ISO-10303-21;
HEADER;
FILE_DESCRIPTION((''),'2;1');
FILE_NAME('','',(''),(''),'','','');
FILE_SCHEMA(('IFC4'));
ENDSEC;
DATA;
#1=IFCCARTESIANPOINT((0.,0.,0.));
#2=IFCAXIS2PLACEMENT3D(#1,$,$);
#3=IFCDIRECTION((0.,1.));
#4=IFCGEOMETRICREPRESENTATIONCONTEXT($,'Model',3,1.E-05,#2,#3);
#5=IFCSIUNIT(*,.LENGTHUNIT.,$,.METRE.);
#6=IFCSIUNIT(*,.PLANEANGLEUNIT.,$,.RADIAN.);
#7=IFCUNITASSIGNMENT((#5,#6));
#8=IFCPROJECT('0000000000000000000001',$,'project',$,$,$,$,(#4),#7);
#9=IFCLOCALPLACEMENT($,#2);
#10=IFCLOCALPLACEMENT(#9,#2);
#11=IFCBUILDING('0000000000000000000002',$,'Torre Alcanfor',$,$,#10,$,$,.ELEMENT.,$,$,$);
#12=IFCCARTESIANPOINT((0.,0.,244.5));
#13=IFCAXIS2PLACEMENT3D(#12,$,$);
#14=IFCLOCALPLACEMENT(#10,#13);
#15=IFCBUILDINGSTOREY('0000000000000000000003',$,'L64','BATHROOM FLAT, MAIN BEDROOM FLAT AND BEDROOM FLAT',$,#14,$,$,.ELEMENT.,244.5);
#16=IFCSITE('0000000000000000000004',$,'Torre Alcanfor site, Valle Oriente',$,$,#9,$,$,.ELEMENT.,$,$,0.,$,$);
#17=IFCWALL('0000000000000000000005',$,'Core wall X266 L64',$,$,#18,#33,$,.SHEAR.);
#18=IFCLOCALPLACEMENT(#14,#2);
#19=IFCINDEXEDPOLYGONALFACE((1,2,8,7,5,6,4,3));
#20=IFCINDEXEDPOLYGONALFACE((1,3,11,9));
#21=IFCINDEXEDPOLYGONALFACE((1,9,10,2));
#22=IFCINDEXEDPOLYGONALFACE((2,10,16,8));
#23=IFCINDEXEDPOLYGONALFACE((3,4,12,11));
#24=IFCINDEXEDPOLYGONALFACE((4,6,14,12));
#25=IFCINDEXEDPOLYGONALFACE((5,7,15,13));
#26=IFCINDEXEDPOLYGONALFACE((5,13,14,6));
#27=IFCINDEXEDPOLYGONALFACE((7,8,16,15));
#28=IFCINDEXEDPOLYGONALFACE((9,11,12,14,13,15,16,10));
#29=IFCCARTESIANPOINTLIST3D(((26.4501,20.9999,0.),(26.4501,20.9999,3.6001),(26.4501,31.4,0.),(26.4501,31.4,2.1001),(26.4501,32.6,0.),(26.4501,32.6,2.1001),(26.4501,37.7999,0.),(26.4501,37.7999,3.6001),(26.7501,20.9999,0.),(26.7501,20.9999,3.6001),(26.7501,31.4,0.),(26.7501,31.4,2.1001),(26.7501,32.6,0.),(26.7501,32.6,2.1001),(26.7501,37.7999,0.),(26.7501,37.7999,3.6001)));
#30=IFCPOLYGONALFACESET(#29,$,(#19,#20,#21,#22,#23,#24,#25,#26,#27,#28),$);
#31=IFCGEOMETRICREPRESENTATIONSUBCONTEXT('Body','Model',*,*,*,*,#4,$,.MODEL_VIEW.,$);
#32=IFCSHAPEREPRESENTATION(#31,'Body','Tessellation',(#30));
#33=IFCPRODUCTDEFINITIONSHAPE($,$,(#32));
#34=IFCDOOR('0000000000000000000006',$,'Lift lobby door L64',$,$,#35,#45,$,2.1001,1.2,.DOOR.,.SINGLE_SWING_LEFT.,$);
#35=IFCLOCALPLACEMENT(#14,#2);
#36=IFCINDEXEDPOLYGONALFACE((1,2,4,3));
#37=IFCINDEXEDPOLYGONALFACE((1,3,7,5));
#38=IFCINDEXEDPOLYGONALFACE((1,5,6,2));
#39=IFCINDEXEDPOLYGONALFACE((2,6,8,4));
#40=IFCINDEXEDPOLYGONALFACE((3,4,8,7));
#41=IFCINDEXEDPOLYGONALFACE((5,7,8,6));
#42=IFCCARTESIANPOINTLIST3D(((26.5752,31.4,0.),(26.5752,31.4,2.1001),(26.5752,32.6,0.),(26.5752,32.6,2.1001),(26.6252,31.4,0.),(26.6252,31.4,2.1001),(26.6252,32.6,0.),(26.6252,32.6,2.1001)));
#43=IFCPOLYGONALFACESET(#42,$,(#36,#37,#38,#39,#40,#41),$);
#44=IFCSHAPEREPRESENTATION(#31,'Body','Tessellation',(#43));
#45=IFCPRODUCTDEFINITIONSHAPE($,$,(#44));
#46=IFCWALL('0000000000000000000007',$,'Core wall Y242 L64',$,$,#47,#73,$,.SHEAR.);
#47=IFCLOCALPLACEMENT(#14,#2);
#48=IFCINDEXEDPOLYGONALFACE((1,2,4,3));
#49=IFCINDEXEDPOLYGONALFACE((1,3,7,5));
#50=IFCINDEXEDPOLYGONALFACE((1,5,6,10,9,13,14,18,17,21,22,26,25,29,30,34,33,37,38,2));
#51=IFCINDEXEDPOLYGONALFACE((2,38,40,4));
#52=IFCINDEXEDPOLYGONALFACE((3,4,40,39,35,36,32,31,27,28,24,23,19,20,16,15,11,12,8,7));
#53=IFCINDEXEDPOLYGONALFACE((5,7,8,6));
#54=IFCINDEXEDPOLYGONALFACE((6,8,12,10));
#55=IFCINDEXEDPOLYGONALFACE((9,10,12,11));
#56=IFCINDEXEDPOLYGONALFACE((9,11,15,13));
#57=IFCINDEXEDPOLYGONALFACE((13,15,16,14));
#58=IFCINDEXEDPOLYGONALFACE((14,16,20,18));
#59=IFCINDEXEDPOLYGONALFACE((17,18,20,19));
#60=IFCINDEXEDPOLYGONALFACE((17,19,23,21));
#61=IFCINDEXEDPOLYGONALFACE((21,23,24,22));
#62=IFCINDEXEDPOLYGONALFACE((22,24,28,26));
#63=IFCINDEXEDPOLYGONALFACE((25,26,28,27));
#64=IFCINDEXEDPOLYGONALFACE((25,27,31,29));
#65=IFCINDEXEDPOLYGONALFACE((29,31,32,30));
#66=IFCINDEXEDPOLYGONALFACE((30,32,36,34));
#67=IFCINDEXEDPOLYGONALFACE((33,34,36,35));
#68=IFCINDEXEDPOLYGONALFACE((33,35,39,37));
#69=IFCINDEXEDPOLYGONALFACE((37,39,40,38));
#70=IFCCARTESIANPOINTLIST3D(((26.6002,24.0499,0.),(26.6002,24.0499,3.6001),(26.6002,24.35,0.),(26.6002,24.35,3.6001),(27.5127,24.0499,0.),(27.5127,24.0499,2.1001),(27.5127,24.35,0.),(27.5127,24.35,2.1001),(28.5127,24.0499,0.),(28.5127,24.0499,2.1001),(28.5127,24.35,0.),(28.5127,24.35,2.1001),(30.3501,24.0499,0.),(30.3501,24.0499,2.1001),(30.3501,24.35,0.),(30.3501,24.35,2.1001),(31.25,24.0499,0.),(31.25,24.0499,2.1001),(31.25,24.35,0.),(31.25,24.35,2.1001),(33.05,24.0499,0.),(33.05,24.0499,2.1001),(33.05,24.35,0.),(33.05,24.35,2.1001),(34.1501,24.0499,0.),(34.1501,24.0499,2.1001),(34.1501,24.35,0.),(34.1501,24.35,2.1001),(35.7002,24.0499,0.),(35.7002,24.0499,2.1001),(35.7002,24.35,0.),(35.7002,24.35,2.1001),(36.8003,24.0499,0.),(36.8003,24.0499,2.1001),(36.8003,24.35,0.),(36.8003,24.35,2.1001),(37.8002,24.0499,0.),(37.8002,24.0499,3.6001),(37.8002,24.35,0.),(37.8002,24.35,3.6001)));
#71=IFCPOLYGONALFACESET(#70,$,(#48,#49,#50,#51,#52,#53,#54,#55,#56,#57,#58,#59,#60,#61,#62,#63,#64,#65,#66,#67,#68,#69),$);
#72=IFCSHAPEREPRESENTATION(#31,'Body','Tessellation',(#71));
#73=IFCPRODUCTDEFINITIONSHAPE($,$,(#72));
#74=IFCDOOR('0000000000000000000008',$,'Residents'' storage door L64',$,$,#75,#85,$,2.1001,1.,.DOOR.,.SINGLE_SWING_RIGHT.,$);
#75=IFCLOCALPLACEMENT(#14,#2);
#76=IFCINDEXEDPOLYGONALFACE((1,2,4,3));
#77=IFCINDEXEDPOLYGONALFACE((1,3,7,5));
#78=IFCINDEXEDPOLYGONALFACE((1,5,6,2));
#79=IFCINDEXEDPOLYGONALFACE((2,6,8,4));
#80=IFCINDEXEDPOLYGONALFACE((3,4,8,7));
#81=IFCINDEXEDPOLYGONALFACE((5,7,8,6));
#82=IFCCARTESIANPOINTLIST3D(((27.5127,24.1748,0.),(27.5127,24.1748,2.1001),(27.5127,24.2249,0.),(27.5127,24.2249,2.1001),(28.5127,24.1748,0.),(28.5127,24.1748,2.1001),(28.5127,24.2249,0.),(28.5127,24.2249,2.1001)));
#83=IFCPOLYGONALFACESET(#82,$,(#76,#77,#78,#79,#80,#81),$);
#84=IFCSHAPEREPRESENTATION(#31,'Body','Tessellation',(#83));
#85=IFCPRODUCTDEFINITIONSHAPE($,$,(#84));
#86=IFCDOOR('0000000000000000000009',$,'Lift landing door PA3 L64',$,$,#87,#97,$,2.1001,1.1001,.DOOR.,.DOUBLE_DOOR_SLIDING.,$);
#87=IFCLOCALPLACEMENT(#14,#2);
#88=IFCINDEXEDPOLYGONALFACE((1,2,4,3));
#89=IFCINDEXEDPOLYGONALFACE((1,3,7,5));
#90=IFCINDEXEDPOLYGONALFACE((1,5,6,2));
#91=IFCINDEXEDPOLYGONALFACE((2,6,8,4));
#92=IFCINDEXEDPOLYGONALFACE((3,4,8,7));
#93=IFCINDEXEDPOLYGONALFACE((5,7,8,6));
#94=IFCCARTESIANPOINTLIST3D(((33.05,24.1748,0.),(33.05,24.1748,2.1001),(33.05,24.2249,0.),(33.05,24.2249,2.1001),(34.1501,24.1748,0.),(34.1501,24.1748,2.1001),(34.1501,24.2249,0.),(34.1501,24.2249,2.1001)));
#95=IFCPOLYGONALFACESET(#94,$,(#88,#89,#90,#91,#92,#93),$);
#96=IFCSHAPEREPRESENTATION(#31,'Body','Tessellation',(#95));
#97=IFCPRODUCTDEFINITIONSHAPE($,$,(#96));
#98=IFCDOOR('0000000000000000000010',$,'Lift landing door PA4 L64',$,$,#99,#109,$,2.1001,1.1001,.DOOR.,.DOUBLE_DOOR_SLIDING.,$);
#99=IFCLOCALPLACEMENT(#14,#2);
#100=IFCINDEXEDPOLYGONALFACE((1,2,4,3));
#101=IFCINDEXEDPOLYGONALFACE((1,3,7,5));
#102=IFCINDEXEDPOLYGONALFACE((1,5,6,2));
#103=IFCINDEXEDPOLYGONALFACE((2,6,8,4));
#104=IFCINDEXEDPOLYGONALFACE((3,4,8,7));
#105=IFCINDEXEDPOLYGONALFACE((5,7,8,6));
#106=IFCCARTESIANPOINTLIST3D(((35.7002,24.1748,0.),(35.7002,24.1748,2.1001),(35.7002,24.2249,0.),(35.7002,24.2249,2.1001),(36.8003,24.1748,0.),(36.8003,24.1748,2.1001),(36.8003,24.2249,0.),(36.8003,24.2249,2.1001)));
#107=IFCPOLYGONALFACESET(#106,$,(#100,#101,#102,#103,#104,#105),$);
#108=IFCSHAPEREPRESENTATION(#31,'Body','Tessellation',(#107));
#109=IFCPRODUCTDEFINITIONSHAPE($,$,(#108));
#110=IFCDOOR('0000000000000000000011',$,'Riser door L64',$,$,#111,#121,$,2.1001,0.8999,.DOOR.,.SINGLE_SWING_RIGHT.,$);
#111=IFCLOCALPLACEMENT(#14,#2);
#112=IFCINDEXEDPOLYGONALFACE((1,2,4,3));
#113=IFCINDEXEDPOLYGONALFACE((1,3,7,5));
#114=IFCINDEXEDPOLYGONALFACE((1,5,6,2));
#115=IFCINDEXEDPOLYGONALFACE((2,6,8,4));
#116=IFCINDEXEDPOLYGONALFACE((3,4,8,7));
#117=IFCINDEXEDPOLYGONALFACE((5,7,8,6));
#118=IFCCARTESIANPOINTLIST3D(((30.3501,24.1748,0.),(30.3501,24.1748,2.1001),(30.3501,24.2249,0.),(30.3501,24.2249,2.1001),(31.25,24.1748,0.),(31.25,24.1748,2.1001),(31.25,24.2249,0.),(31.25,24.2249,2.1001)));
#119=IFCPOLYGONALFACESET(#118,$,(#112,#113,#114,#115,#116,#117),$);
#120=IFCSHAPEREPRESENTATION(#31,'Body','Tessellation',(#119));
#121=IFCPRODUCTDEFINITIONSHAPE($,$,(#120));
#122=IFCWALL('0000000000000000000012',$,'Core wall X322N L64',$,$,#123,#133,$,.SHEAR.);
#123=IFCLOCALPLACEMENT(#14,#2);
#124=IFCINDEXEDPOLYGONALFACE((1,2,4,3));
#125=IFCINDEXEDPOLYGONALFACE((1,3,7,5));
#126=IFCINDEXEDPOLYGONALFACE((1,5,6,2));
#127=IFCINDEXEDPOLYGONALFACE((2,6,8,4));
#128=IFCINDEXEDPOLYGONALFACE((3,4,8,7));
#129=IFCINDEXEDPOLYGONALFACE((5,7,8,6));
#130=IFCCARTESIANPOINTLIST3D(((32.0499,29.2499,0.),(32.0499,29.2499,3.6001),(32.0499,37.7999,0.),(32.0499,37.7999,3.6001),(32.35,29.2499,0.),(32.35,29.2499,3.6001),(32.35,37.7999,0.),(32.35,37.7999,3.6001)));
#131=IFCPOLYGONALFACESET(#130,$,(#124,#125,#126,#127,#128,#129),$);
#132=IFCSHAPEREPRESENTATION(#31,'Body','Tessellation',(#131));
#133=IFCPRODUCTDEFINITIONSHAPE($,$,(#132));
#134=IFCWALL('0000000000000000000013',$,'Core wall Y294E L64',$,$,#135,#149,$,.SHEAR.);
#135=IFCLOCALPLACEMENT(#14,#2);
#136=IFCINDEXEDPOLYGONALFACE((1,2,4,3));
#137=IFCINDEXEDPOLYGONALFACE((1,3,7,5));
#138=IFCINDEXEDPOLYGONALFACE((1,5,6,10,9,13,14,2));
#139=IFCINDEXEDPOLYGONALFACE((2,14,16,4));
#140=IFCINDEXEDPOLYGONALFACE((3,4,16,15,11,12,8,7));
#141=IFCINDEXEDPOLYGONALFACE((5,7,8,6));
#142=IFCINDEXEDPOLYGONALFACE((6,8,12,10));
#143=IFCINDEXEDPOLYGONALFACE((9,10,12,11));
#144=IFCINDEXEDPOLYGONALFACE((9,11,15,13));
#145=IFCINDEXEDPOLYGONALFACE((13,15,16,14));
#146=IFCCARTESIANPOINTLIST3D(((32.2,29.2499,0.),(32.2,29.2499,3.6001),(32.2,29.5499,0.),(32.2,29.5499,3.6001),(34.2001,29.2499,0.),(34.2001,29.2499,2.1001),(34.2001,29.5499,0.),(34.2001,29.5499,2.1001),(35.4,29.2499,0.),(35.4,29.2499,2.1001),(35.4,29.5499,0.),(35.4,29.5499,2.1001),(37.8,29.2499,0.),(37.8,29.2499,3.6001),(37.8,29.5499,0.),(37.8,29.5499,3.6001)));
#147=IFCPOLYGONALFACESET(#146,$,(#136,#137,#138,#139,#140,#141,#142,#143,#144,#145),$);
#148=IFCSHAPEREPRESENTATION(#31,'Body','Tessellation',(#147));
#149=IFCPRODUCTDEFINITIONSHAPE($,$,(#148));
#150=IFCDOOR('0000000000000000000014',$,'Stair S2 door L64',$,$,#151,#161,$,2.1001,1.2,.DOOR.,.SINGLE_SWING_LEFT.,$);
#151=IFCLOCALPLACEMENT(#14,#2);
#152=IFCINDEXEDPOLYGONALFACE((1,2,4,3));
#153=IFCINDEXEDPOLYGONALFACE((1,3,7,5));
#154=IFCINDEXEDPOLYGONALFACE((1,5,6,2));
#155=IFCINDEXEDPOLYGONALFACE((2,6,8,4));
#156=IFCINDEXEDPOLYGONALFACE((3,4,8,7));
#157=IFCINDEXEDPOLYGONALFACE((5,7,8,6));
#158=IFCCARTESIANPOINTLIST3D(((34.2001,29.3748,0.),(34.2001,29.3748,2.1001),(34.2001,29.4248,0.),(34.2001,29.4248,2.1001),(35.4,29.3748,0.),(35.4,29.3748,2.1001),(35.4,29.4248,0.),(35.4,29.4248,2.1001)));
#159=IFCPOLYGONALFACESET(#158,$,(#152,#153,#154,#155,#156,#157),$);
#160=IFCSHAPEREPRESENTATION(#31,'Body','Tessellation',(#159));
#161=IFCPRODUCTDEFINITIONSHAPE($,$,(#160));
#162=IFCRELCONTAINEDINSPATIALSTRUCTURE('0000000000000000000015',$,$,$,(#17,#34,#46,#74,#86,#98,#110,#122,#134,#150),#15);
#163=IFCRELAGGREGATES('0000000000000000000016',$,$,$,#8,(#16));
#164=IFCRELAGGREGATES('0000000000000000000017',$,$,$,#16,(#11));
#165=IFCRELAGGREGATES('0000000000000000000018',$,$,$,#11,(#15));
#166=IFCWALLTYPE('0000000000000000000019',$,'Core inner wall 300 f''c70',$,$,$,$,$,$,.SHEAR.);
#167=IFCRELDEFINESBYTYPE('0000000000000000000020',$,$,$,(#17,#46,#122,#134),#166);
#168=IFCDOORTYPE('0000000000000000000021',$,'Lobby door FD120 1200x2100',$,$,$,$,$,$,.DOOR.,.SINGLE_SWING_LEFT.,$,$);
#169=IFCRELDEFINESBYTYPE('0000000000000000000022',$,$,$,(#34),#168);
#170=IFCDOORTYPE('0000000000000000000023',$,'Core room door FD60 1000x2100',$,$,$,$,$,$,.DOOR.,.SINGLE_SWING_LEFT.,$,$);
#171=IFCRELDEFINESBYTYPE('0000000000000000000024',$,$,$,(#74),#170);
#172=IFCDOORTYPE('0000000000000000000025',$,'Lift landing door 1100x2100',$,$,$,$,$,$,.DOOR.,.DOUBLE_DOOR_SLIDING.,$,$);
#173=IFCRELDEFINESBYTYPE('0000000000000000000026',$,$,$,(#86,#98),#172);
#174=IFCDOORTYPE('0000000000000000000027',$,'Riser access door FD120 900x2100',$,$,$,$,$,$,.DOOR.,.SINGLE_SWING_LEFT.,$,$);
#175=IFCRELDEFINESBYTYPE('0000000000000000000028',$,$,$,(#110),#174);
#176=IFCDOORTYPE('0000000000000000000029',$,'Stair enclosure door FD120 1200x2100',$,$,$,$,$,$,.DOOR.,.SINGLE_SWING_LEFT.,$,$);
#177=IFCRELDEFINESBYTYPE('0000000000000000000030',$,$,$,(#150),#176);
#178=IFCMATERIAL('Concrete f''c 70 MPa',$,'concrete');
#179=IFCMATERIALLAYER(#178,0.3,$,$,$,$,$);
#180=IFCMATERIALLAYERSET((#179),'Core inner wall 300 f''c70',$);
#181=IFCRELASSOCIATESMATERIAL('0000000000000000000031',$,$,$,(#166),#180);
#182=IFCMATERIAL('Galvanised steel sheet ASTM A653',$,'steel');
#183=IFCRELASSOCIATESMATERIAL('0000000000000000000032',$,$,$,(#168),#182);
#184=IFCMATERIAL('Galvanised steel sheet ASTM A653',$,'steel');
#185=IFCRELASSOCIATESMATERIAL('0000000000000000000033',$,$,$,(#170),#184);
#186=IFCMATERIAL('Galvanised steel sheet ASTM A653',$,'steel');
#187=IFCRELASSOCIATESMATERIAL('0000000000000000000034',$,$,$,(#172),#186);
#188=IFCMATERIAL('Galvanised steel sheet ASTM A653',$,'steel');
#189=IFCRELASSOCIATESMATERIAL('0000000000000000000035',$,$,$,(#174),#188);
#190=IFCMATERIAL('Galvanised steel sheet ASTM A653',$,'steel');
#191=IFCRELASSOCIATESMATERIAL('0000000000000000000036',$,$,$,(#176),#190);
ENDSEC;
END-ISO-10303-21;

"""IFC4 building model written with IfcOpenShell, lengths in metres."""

from ifc_helpers import new_model, si_unit, direction, frame, frame_2d, origin, place, context, subcontext, project, spatial, rectangle, extrude, material, layer, layer_set, type_object, element, fill, save


model = new_model("IFC4")

# Units and contexts
model_context = context("Model", 3, precision=1e-05, world=origin(), true_north=direction((0.0, 1.0)))
body_context = subcontext(model_context, "Body", "Model", "MODEL_VIEW")
ifc_project = project(units=[si_unit("LENGTHUNIT", "METRE"), si_unit("PLANEANGLEUNIT", "RADIAN")], contexts=[model_context])

# Site, building, storey
site_placement = place(None, origin())
site = spatial("IfcSite", under=ifc_project, at=site_placement, Name="Torre Alcanfor site, Valle Oriente", CompositionType="ELEMENT", RefElevation=0.0)
building_placement = place(site_placement, origin())
building = spatial("IfcBuilding", under=site, at=building_placement, Name="Torre Alcanfor", CompositionType="ELEMENT")
storey_placement = place(building_placement, frame((0.0, 0.0, 244.5)))
storey = spatial("IfcBuildingStorey", under=building, at=storey_placement, Name="L64", Description="BATHROOM FLAT, MAIN BEDROOM FLAT AND BEDROOM FLAT", CompositionType="ELEMENT", Elevation=244.5)

# Wall, opening, door
ifc_material_1 = material(Name="Concrete f'c 70 MPa", Category="concrete")
ifc_layer_1 = layer(ifc_material_1, 0.3)
ifc_layer_set_1 = layer_set([ifc_layer_1], Name="Core inner wall 300 f'c70")
wall_type_1 = type_object("IfcWallType", Name="Core inner wall 300 f'c70", PredefinedType="SHEAR", material=ifc_layer_set_1)
wall_1_placement = place(storey_placement, frame((26.6001, 21.0, 0.0), z_axis=(0.0, 0.0, 1.0), x_axis=(0.0, 1.0, 0.0)))
wall_1 = element("IfcWall", 1, at=wall_1_placement, inside=storey, type_object=wall_type_1, Name="Core wall X266 L64", PredefinedType="SHEAR", context=body_context, shape_type="SweptSolid", body=[
    extrude(rectangle(XDim=16.8, YDim=0.3, at=frame_2d((8.3999, 0.0))), origin(), (0.0, 0.0, 1.0), 3.6001),
])
opening_1_placement = place(wall_1_placement, frame((10.3999, 0.0, 0.0)))
opening_1 = element("IfcOpeningElement", 2, at=opening_1_placement, cuts=wall_1, PredefinedType="OPENING", context=body_context, shape_type="SweptSolid", body=[
    extrude(rectangle(XDim=1.2, YDim=2.1001, at=frame_2d((0.6001, 1.05))), frame((0.0, 0.1599, 0.0), z_axis=(0.0, -1.0, 0.0), x_axis=(1.0, 0.0, 0.0)), (0.0, 0.0, 1.0), 0.3201),
])
ifc_material_2 = material(Name="Galvanised steel sheet ASTM A653", Category="steel")
door_type_1 = type_object("IfcDoorType", Name="Lobby door FD120 1200x2100", OperationType="SINGLE_SWING_LEFT", PredefinedType="DOOR", material=ifc_material_2)
door_1_placement = place(opening_1_placement, origin())
door_1 = element("IfcDoor", 3, at=door_1_placement, inside=storey, type_object=door_type_1, Name="Lift lobby door L64", OperationType="SINGLE_SWING_LEFT", OverallHeight=2.1001, OverallWidth=1.2, PredefinedType="DOOR", context=body_context, shape_type="SweptSolid", body=[
    extrude(rectangle(XDim=1.2, YDim=2.1001, at=frame_2d((0.6001, 1.05))), frame((0.0, 0.0249, 0.0), z_axis=(0.0, -1.0, 0.0), x_axis=(1.0, 0.0, 0.0)), (0.0, 0.0, 1.0), 0.05),
])
fill(opening_1, door_1)

# Wall, openings, doors
wall_2_placement = place(storey_placement, frame((26.6001, 24.2, 0.0), z_axis=(0.0, 0.0, 1.0), x_axis=(1.0, 0.0, 0.0)))
wall_2 = element("IfcWall", 4, at=wall_2_placement, inside=storey, type_object=wall_type_1, Name="Core wall Y242 L64", PredefinedType="SHEAR", context=body_context, shape_type="SweptSolid", body=[
    extrude(rectangle(XDim=11.2, YDim=0.3, at=frame_2d((5.6001, 0.0))), origin(), (0.0, 0.0, 1.0), 3.6001),
])
opening_2_placement = place(wall_2_placement, frame((0.9126, 0.0, 0.0)))
opening_2 = element("IfcOpeningElement", 5, at=opening_2_placement, cuts=wall_2, PredefinedType="OPENING", context=body_context, shape_type="SweptSolid", body=[
    extrude(rectangle(XDim=1.0, YDim=2.1001, at=frame_2d((0.5, 1.05))), frame((0.0, 0.1599, 0.0), z_axis=(0.0, -1.0, 0.0), x_axis=(1.0, 0.0, 0.0)), (0.0, 0.0, 1.0), 0.3201),
])
opening_3_placement = place(wall_2_placement, frame((3.75, 0.0, 0.0)))
opening_3 = element("IfcOpeningElement", 6, at=opening_3_placement, cuts=wall_2, PredefinedType="OPENING", context=body_context, shape_type="SweptSolid", body=[
    extrude(rectangle(XDim=0.8999, YDim=2.1001, at=frame_2d((0.45, 1.05))), frame((0.0, 0.1599, 0.0), z_axis=(0.0, -1.0, 0.0), x_axis=(1.0, 0.0, 0.0)), (0.0, 0.0, 1.0), 0.3201),
])
opening_4_placement = place(wall_2_placement, frame((6.45, 0.0, 0.0)))
opening_4 = element("IfcOpeningElement", 7, at=opening_4_placement, cuts=wall_2, PredefinedType="OPENING", context=body_context, shape_type="SweptSolid", body=[
    extrude(rectangle(XDim=1.1001, YDim=2.1001, at=frame_2d((0.55, 1.05))), frame((0.0, 0.1599, 0.0), z_axis=(0.0, -1.0, 0.0), x_axis=(1.0, 0.0, 0.0)), (0.0, 0.0, 1.0), 0.3201),
])
opening_5_placement = place(wall_2_placement, frame((9.1001, 0.0, 0.0)))
opening_5 = element("IfcOpeningElement", 8, at=opening_5_placement, cuts=wall_2, PredefinedType="OPENING", context=body_context, shape_type="SweptSolid", body=[
    extrude(rectangle(XDim=1.1001, YDim=2.1001, at=frame_2d((0.55, 1.05))), frame((0.0, 0.1599, 0.0), z_axis=(0.0, -1.0, 0.0), x_axis=(1.0, 0.0, 0.0)), (0.0, 0.0, 1.0), 0.3201),
])
ifc_material_3 = material(Name="Galvanised steel sheet ASTM A653", Category="steel")
door_type_2 = type_object("IfcDoorType", Name="Core room door FD60 1000x2100", OperationType="SINGLE_SWING_LEFT", PredefinedType="DOOR", material=ifc_material_3)
door_2_placement = place(opening_2_placement, frame((1.0, 0.0, 0.0), z_axis=(0.0, 0.0, 1.0), x_axis=(-1.0, 0.0, 0.0)))
door_2 = element("IfcDoor", 9, at=door_2_placement, inside=storey, type_object=door_type_2, Name="Residents' storage door L64", OperationType="SINGLE_SWING_RIGHT", OverallHeight=2.1001, OverallWidth=1.0, PredefinedType="DOOR", context=body_context, shape_type="SweptSolid", body=[
    extrude(rectangle(XDim=1.0, YDim=2.1001, at=frame_2d((0.5, 1.05))), frame((0.0, 0.0251, 0.0), z_axis=(0.0, -1.0, 0.0), x_axis=(1.0, 0.0, 0.0)), (0.0, 0.0, 1.0), 0.05),
])
fill(opening_2, door_2)
ifc_material_4 = material(Name="Galvanised steel sheet ASTM A653", Category="steel")
door_type_3 = type_object("IfcDoorType", Name="Lift landing door 1100x2100", OperationType="DOUBLE_DOOR_SLIDING", PredefinedType="DOOR", material=ifc_material_4)
door_3_placement = place(opening_4_placement, origin())
door_3 = element("IfcDoor", 10, at=door_3_placement, inside=storey, type_object=door_type_3, Name="Lift landing door PA3 L64", OperationType="DOUBLE_DOOR_SLIDING", OverallHeight=2.1001, OverallWidth=1.1001, PredefinedType="DOOR", context=body_context, shape_type="SweptSolid", body=[
    extrude(rectangle(XDim=1.1001, YDim=2.1001, at=frame_2d((0.55, 1.05))), frame((0.0, 0.0249, 0.0), z_axis=(0.0, -1.0, 0.0), x_axis=(1.0, 0.0, 0.0)), (0.0, 0.0, 1.0), 0.05),
])
fill(opening_4, door_3)
door_4_placement = place(opening_5_placement, origin())
door_4 = element("IfcDoor", 11, at=door_4_placement, inside=storey, type_object=door_type_3, Name="Lift landing door PA4 L64", OperationType="DOUBLE_DOOR_SLIDING", OverallHeight=2.1001, OverallWidth=1.1001, PredefinedType="DOOR", context=body_context, shape_type="SweptSolid", body=[
    extrude(rectangle(XDim=1.1001, YDim=2.1001, at=frame_2d((0.55, 1.05))), frame((0.0, 0.0249, 0.0), z_axis=(0.0, -1.0, 0.0), x_axis=(1.0, 0.0, 0.0)), (0.0, 0.0, 1.0), 0.05),
])
fill(opening_5, door_4)
ifc_material_5 = material(Name="Galvanised steel sheet ASTM A653", Category="steel")
door_type_4 = type_object("IfcDoorType", Name="Riser access door FD120 900x2100", OperationType="SINGLE_SWING_LEFT", PredefinedType="DOOR", material=ifc_material_5)
door_5_placement = place(opening_3_placement, frame((0.8999, 0.0, 0.0), z_axis=(0.0, 0.0, 1.0), x_axis=(-1.0, 0.0, 0.0)))
door_5 = element("IfcDoor", 12, at=door_5_placement, inside=storey, type_object=door_type_4, Name="Riser door L64", OperationType="SINGLE_SWING_RIGHT", OverallHeight=2.1001, OverallWidth=0.8999, PredefinedType="DOOR", context=body_context, shape_type="SweptSolid", body=[
    extrude(rectangle(XDim=0.8999, YDim=2.1001, at=frame_2d((0.45, 1.05))), frame((0.0, 0.0251, 0.0), z_axis=(0.0, -1.0, 0.0), x_axis=(1.0, 0.0, 0.0)), (0.0, 0.0, 1.0), 0.05),
])
fill(opening_3, door_5)

# Wall
wall_3_placement = place(storey_placement, frame((32.2, 29.25, 0.0), z_axis=(0.0, 0.0, 1.0), x_axis=(0.0, 1.0, 0.0)))
element("IfcWall", 13, at=wall_3_placement, inside=storey, type_object=wall_type_1, Name="Core wall X322N L64", PredefinedType="SHEAR", context=body_context, shape_type="SweptSolid", body=[
    extrude(rectangle(XDim=8.55, YDim=0.3, at=frame_2d((4.2749, 0.0))), origin(), (0.0, 0.0, 1.0), 3.6001),
])

# Wall, opening, door
wall_4_placement = place(storey_placement, frame((32.2, 29.3999, 0.0), z_axis=(0.0, 0.0, 1.0), x_axis=(1.0, 0.0, 0.0)))
wall_4 = element("IfcWall", 14, at=wall_4_placement, inside=storey, type_object=wall_type_1, Name="Core wall Y294E L64", PredefinedType="SHEAR", context=body_context, shape_type="SweptSolid", body=[
    extrude(rectangle(XDim=5.6001, YDim=0.3, at=frame_2d((2.8, 0.0))), origin(), (0.0, 0.0, 1.0), 3.6001),
])
opening_6_placement = place(wall_4_placement, frame((2.0, 0.0, 0.0)))
opening_6 = element("IfcOpeningElement", 15, at=opening_6_placement, cuts=wall_4, PredefinedType="OPENING", context=body_context, shape_type="SweptSolid", body=[
    extrude(rectangle(XDim=1.2, YDim=2.1001, at=frame_2d((0.6001, 1.05))), frame((0.0, 0.1599, 0.0), z_axis=(0.0, -1.0, 0.0), x_axis=(1.0, 0.0, 0.0)), (0.0, 0.0, 1.0), 0.3201),
])
ifc_material_6 = material(Name="Galvanised steel sheet ASTM A653", Category="steel")
door_type_5 = type_object("IfcDoorType", Name="Stair enclosure door FD120 1200x2100", OperationType="SINGLE_SWING_LEFT", PredefinedType="DOOR", material=ifc_material_6)
door_6_placement = place(opening_6_placement, origin())
door_6 = element("IfcDoor", 16, at=door_6_placement, inside=storey, type_object=door_type_5, Name="Stair S2 door L64", OperationType="SINGLE_SWING_LEFT", OverallHeight=2.1001, OverallWidth=1.2, PredefinedType="DOOR", context=body_context, shape_type="SweptSolid", body=[
    extrude(rectangle(XDim=1.2, YDim=2.1001, at=frame_2d((0.6001, 1.05))), frame((0.0, 0.0249, 0.0), z_axis=(0.0, -1.0, 0.0), x_axis=(1.0, 0.0, 0.0)), (0.0, 0.0, 1.0), 0.05),
])
fill(opening_6, door_6)

save(model, "model.ifc")
